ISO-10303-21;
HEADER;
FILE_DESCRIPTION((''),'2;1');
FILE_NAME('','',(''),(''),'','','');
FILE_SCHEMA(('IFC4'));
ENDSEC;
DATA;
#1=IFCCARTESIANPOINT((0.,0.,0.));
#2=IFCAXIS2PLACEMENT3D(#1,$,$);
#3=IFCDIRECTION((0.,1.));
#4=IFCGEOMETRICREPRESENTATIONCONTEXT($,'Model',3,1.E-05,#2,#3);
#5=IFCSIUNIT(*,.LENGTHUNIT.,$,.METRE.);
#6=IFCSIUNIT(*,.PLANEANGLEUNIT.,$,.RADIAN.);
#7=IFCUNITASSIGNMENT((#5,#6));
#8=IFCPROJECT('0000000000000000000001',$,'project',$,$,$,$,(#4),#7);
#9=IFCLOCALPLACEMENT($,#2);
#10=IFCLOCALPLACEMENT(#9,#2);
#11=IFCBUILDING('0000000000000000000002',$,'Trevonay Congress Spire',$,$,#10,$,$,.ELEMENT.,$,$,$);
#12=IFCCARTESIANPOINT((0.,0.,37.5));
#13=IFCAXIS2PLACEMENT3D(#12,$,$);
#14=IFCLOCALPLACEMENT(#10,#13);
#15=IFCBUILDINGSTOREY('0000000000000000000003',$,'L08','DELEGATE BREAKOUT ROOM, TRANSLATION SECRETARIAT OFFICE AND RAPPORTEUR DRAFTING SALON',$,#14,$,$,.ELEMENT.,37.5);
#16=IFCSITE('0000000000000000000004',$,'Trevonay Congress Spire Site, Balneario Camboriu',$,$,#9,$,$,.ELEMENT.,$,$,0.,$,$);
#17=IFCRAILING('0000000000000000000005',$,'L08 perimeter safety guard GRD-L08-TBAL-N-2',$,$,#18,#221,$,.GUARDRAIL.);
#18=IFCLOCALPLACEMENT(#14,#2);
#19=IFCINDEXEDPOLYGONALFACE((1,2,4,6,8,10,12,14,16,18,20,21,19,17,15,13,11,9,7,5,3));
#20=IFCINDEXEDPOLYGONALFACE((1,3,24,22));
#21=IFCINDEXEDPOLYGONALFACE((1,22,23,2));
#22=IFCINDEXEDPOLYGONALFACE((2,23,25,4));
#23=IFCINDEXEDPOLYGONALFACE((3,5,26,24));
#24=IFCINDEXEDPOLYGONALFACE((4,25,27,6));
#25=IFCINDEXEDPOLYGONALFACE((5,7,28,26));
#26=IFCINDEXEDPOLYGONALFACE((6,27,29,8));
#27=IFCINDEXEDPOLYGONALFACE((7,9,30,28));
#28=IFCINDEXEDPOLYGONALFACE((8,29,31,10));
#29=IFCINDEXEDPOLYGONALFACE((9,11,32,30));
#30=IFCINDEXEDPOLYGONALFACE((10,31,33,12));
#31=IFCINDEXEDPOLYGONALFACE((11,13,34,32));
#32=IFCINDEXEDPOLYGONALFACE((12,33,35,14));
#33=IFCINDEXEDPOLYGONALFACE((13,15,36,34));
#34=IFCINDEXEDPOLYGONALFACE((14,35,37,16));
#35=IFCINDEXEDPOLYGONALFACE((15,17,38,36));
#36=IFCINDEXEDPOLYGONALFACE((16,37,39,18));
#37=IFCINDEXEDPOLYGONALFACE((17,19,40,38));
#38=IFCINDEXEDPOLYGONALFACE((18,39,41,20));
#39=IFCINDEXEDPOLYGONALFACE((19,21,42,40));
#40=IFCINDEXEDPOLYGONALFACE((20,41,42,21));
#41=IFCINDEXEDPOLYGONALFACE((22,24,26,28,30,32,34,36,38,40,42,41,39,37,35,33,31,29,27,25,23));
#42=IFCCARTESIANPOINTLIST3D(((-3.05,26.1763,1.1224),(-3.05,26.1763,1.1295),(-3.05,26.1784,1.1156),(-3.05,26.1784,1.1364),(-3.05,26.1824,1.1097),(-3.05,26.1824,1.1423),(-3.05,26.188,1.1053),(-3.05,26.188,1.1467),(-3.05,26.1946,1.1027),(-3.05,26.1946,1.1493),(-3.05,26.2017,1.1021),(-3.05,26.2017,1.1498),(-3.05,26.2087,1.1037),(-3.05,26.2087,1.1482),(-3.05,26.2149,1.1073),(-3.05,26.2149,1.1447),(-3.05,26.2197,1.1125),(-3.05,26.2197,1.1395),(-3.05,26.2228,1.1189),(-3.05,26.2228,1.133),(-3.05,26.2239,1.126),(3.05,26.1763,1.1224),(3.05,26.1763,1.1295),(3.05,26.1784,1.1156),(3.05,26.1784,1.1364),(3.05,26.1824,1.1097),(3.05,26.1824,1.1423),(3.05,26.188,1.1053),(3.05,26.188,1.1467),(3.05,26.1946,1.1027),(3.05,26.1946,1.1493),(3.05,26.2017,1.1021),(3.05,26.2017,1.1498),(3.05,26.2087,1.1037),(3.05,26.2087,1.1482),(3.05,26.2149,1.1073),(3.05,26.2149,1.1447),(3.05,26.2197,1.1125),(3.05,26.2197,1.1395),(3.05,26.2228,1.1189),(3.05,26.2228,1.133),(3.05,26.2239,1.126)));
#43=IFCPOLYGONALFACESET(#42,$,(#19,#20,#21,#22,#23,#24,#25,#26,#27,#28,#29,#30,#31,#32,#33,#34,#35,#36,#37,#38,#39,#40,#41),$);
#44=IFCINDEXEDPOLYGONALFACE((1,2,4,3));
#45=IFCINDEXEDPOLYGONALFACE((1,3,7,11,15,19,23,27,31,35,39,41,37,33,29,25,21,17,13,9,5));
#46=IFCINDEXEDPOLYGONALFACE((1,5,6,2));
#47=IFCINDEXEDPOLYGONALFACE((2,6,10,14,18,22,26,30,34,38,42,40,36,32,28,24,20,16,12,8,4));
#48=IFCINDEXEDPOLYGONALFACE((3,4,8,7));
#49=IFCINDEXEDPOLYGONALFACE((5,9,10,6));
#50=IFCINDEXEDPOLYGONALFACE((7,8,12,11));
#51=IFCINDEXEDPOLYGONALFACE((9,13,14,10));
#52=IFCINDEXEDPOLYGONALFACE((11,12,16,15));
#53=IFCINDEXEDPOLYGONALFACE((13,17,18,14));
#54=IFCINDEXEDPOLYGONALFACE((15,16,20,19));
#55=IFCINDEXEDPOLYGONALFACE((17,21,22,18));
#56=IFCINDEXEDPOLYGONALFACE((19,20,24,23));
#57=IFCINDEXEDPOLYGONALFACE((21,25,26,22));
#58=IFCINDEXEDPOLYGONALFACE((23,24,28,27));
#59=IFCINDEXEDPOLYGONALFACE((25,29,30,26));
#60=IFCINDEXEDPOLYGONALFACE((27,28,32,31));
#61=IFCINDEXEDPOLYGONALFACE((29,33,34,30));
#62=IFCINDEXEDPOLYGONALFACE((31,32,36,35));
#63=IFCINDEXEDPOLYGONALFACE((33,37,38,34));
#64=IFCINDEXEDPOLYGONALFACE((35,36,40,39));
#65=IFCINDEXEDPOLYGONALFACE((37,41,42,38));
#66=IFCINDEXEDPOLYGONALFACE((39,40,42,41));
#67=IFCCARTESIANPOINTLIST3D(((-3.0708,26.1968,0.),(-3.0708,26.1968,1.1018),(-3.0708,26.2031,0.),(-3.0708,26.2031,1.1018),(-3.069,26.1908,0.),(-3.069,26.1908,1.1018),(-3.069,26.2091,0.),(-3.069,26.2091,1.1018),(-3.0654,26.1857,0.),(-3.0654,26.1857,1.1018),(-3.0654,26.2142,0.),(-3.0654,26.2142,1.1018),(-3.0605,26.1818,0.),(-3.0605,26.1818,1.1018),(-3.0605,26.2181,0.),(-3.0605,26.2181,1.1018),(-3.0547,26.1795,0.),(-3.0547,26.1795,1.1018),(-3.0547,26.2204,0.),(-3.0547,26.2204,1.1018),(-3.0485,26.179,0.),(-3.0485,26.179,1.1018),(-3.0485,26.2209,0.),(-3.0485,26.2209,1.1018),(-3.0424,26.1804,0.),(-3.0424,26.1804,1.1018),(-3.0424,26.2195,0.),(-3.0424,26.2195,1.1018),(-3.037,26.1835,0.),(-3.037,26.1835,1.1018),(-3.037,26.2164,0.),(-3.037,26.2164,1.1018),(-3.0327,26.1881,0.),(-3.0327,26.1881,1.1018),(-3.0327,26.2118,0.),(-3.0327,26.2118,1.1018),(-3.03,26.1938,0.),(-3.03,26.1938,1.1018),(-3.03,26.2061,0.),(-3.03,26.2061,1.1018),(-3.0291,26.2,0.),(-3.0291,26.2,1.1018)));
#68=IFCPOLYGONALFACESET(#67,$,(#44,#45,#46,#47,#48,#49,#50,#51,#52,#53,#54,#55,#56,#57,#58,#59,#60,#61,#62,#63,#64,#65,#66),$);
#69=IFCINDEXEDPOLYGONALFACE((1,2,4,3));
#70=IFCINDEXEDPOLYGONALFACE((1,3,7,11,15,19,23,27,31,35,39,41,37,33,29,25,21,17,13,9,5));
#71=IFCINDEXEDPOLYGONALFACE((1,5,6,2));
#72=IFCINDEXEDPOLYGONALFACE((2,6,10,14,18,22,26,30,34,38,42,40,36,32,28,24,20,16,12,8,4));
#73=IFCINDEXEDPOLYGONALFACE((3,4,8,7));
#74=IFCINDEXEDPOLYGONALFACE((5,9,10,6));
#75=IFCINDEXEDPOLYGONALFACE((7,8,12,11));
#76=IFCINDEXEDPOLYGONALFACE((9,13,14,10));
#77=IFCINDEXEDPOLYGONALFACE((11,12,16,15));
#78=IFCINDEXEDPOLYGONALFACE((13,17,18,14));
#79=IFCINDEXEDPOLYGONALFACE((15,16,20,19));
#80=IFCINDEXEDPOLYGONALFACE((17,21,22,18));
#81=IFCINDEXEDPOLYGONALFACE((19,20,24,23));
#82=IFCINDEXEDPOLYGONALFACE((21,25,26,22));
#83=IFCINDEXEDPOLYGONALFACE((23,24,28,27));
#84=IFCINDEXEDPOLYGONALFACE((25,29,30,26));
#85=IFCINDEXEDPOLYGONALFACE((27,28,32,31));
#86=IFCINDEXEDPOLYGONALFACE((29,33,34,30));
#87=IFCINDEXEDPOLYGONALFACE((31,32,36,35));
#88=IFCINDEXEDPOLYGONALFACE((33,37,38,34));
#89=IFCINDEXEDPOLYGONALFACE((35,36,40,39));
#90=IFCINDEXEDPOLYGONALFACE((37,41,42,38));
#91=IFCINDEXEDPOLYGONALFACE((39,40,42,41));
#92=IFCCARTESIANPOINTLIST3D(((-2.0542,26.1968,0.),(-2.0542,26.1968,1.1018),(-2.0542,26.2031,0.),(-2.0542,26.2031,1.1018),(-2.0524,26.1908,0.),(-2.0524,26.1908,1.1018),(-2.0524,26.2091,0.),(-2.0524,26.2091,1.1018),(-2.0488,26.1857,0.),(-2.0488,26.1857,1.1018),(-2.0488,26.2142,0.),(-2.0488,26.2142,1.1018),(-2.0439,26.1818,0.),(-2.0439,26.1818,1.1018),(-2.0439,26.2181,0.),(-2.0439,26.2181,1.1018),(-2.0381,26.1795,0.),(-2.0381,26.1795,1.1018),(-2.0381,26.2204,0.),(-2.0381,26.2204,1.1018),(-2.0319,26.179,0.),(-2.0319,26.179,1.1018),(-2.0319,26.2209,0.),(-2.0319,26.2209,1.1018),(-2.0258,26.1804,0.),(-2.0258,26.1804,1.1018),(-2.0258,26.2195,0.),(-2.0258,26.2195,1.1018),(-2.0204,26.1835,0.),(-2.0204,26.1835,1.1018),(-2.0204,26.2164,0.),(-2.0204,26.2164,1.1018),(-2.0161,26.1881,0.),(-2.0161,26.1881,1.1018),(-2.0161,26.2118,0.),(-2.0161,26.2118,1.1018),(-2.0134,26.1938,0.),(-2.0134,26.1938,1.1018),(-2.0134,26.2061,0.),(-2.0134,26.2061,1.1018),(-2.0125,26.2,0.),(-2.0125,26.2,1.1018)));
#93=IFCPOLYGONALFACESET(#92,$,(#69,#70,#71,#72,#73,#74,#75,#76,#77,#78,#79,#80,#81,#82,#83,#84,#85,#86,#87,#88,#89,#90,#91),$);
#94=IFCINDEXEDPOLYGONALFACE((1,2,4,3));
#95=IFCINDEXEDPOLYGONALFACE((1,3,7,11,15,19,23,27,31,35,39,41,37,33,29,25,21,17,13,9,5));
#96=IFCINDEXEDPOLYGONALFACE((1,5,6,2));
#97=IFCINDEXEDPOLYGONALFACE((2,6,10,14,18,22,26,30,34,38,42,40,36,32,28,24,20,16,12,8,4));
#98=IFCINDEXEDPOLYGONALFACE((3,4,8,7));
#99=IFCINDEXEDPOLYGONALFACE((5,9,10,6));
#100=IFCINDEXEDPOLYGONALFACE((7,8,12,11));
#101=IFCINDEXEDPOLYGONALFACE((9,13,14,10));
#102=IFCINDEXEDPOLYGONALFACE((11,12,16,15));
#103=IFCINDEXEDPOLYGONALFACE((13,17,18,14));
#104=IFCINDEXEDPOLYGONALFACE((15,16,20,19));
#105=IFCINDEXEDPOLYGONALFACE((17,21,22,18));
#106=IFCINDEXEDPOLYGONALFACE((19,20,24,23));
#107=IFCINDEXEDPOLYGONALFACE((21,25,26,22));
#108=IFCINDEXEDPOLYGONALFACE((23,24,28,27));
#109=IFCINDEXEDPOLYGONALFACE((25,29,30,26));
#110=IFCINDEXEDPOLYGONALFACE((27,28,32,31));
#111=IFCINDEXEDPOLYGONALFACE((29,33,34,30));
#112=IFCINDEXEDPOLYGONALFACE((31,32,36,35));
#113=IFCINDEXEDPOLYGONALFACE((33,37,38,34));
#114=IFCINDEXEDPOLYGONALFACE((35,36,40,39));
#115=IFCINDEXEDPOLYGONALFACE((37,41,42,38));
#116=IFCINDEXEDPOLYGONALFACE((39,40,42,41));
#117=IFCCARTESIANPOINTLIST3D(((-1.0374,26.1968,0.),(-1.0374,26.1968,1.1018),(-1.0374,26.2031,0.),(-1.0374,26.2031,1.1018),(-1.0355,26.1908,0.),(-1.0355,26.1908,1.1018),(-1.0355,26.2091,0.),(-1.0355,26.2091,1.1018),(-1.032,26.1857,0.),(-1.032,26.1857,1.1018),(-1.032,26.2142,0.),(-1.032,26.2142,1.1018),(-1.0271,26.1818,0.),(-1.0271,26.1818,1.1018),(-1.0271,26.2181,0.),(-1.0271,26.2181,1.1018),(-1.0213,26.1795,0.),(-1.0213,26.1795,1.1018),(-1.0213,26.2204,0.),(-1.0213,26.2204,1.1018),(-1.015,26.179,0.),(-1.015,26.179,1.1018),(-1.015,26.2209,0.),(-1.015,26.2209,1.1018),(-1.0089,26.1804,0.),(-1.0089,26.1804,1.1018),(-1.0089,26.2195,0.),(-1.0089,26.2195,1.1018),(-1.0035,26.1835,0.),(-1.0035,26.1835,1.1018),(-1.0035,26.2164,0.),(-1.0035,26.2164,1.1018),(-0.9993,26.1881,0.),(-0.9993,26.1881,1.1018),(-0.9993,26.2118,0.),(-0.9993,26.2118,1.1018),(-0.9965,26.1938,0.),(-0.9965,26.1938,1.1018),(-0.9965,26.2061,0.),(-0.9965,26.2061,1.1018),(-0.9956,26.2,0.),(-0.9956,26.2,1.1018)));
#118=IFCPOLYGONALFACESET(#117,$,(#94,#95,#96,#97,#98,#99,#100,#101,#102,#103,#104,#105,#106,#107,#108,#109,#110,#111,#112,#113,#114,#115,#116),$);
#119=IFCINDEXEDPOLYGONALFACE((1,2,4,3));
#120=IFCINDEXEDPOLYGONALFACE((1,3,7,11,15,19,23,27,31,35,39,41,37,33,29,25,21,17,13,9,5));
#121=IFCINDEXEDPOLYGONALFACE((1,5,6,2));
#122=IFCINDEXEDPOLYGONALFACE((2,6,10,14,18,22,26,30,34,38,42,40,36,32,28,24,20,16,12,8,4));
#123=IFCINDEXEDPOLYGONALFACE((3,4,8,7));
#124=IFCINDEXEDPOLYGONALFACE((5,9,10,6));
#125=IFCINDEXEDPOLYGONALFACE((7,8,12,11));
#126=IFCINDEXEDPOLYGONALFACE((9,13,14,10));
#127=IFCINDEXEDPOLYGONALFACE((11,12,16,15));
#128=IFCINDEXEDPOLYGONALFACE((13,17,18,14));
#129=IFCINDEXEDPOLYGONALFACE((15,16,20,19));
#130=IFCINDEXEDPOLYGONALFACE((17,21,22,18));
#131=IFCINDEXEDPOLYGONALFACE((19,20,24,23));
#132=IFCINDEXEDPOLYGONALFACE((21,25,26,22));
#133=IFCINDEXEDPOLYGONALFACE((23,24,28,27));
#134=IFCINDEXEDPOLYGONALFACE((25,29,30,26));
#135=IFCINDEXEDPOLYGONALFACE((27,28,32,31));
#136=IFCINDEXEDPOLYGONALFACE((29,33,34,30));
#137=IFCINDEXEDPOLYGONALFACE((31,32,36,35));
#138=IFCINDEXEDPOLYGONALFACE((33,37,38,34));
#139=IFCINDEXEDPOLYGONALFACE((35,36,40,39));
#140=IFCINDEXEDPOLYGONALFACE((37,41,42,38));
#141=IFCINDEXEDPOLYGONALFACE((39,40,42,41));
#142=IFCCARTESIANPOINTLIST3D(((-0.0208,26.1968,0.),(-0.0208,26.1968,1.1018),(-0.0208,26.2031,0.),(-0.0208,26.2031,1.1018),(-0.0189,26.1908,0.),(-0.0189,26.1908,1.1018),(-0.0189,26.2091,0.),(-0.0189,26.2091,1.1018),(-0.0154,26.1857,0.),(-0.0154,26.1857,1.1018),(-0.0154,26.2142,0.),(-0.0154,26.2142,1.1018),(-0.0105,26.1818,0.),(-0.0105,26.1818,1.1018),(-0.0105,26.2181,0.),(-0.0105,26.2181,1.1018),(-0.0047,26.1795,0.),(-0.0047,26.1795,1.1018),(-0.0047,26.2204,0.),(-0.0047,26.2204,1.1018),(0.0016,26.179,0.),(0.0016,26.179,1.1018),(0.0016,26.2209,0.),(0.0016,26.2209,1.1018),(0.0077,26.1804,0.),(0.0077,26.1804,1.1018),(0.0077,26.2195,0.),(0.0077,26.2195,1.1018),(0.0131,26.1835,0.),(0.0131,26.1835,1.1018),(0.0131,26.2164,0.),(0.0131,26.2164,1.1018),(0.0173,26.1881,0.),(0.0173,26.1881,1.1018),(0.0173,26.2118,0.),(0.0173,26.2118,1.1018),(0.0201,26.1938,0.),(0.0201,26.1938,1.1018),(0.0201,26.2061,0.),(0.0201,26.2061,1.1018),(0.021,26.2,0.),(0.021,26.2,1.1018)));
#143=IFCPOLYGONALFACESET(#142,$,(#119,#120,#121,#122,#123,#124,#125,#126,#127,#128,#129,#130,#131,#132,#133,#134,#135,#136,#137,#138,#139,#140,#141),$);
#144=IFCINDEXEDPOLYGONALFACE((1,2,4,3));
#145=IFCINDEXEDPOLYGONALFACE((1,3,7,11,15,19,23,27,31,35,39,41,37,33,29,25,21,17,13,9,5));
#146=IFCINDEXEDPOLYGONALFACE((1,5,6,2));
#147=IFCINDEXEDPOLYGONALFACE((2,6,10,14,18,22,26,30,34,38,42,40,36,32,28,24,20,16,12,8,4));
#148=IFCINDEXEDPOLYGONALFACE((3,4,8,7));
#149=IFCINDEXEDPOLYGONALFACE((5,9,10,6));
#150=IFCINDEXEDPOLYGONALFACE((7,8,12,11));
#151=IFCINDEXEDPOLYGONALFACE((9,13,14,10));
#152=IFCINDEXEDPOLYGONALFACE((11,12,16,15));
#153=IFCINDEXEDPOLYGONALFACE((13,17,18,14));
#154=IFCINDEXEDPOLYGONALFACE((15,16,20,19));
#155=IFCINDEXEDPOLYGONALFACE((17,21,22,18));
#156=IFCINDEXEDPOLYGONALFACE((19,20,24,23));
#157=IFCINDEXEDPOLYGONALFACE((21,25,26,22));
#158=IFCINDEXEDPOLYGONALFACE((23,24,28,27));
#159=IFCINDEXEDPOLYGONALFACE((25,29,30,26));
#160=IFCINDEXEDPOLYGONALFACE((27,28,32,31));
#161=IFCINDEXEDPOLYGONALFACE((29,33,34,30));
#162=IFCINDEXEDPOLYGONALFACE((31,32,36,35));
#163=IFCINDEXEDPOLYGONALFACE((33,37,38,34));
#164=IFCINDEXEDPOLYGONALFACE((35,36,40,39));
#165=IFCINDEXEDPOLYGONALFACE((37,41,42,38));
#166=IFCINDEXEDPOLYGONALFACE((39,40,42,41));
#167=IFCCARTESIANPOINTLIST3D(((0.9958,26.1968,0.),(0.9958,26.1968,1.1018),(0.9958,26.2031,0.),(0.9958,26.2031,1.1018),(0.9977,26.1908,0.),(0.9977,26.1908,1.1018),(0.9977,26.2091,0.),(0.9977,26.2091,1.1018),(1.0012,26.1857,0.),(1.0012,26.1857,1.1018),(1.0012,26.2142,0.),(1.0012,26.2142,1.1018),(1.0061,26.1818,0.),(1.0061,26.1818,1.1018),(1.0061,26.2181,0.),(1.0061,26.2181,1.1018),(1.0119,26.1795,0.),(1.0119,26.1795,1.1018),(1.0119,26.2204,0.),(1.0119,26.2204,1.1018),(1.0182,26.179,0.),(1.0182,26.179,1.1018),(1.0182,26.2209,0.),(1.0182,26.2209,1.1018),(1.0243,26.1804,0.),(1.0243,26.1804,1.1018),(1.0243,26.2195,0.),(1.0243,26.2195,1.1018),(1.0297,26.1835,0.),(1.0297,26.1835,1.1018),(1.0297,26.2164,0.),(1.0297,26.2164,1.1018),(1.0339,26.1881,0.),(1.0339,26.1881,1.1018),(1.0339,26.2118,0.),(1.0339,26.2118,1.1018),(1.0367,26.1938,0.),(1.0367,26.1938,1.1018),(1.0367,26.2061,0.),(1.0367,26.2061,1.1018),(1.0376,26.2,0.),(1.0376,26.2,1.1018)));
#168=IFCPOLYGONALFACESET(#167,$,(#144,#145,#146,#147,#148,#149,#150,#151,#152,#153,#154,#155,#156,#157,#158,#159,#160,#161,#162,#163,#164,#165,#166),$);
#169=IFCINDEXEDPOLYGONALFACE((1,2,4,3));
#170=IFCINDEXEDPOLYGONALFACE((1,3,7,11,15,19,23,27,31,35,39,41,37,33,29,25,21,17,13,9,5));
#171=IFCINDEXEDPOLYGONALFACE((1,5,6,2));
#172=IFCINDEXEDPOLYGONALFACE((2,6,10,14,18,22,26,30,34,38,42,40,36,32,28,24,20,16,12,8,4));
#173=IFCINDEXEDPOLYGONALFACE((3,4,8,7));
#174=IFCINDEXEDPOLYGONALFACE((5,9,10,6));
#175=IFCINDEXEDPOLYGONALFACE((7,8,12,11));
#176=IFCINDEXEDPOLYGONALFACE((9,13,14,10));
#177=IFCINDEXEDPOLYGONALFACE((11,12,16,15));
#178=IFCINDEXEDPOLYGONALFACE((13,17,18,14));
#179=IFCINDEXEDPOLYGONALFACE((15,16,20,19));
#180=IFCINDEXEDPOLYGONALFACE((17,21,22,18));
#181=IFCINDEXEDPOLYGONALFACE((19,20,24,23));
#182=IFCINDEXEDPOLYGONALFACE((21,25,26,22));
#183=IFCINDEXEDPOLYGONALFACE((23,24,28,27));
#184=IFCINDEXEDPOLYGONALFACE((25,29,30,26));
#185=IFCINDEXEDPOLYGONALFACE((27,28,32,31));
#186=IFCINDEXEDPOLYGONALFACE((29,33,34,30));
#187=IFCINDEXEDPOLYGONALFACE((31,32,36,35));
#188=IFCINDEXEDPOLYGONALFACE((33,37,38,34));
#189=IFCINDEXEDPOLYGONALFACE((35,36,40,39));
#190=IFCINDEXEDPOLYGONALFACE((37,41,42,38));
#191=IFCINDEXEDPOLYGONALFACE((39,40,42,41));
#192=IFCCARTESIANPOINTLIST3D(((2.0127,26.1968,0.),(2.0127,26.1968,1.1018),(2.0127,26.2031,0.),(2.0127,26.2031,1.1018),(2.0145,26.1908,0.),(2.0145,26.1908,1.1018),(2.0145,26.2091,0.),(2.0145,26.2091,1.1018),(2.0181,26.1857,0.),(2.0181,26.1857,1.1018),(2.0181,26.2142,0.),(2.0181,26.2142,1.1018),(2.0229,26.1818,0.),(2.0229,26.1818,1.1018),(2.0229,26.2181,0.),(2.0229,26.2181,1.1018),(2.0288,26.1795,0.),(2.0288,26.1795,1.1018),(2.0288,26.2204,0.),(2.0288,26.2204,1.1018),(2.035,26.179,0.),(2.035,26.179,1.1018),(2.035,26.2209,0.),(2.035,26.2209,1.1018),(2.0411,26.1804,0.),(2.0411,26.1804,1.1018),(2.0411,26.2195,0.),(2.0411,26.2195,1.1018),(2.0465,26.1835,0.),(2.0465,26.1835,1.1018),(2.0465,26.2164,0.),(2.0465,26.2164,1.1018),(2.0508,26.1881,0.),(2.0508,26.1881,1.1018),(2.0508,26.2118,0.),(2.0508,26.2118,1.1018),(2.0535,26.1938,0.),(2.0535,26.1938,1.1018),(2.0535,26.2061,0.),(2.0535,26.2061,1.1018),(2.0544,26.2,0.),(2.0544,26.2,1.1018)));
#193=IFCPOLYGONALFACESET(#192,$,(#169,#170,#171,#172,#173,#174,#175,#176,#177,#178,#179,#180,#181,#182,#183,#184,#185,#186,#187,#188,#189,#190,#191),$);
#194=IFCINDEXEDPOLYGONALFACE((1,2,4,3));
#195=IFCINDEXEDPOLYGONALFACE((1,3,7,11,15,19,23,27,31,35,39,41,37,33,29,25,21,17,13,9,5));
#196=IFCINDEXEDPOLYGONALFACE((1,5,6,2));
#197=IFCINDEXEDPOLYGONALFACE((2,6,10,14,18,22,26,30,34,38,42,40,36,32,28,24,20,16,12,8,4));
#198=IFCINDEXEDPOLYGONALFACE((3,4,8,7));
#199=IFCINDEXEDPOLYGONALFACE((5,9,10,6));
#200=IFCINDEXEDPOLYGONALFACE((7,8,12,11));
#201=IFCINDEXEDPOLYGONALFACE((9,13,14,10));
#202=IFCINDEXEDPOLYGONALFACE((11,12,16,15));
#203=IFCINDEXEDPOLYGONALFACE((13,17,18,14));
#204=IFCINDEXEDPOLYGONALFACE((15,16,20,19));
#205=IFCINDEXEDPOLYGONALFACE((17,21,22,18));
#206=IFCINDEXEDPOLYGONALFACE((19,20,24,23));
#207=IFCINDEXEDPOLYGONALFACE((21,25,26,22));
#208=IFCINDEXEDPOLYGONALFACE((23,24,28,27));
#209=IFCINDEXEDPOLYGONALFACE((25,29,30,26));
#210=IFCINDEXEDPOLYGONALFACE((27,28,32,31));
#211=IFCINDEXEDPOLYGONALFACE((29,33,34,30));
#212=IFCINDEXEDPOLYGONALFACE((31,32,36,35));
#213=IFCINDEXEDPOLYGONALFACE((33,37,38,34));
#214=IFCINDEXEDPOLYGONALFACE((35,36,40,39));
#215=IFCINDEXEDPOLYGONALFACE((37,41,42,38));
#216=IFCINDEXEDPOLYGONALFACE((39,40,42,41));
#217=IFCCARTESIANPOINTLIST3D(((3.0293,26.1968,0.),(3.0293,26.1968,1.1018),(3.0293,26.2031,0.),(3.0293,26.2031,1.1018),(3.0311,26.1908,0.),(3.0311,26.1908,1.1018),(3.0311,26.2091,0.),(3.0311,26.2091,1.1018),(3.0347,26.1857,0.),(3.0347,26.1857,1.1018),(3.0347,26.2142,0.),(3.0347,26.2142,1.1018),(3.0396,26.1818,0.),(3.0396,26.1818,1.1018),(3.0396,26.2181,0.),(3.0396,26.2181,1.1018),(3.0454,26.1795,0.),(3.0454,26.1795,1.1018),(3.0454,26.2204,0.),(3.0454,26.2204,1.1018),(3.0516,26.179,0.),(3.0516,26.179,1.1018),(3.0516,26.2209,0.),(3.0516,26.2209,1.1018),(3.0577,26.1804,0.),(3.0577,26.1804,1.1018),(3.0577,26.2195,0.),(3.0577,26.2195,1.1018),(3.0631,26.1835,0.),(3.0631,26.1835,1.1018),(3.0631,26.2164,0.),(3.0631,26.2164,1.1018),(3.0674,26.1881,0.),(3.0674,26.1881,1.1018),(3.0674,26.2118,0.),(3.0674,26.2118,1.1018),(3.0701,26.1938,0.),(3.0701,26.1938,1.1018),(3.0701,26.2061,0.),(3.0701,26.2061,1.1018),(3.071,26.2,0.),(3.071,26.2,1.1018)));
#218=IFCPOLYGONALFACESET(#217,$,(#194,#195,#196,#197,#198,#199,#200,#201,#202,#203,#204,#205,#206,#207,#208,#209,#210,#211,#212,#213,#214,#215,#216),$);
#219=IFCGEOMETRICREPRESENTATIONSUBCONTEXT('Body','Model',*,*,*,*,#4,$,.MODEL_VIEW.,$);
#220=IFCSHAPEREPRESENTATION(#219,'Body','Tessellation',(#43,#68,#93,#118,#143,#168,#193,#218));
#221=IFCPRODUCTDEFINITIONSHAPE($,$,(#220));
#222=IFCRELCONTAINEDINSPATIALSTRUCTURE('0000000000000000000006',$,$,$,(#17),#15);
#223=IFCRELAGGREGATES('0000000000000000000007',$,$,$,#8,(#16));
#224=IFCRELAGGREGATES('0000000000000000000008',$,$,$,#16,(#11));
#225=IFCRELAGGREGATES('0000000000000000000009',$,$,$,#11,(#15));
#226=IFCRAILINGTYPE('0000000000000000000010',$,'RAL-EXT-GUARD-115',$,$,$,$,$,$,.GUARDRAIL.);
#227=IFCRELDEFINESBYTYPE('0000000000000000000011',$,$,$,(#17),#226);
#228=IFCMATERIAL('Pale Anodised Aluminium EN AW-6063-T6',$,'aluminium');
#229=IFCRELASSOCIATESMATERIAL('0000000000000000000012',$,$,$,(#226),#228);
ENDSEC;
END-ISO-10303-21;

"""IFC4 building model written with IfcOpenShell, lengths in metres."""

from ifc_helpers import new_model, si_unit, direction, frame, origin, origin_2d, place, context, subcontext, project, spatial, circle, extrude, material, type_object, element, save


model = new_model("IFC4")

# Units and contexts
model_context = context("Model", 3, precision=1e-05, world=origin(), true_north=direction((0.0, 1.0)))
body_context = subcontext(model_context, "Body", "Model", "MODEL_VIEW")
ifc_project = project(units=[si_unit("LENGTHUNIT", "METRE"), si_unit("PLANEANGLEUNIT", "RADIAN")], contexts=[model_context])

# Site, building, storey
site_placement = place(None, origin())
site = spatial("IfcSite", under=ifc_project, at=site_placement, Name="Trevonay Congress Spire Site, Balneario Camboriu", CompositionType="ELEMENT", RefElevation=0.0)
building_placement = place(site_placement, origin())
building = spatial("IfcBuilding", under=site, at=building_placement, Name="Trevonay Congress Spire", CompositionType="ELEMENT")
storey_placement = place(building_placement, frame((0.0, 0.0, 37.5)))
storey = spatial("IfcBuildingStorey", under=building, at=storey_placement, Name="L08", Description="DELEGATE BREAKOUT ROOM, TRANSLATION SECRETARIAT OFFICE AND RAPPORTEUR DRAFTING SALON", CompositionType="ELEMENT", Elevation=37.5)

# Shared definitions
ifc_material_1 = material(Name="Pale Anodised Aluminium EN AW-6063-T6", Category="aluminium")

# Railing
railing_type = type_object("IfcRailingType", Name="RAL-EXT-GUARD-115", PredefinedType="GUARDRAIL", material=ifc_material_1)
railing_1_placement = place(storey_placement, frame((-3.05, 26.2, 0.0)))
element("IfcRailing", 1, at=railing_1_placement, inside=storey, type_object=railing_type, Name="L08 perimeter safety guard GRD-L08-TBAL-N-2", PredefinedType="GUARDRAIL", context=body_context, shape_type="SweptSolid", body=[
    extrude(circle(Radius=0.0239, at=origin_2d()), frame((0.0, 0.0, 1.126), z_axis=(1.0, 0.0, 0.0), x_axis=(0.0, 1.0, 0.0)), (0.0, 0.0, 1.0), 6.1001),
    extrude(circle(Radius=0.021, at=origin_2d()), origin(), (0.0, 0.0, 1.0), 1.1018),
    extrude(circle(Radius=0.021, at=origin_2d()), frame((1.0166, 0.0, 0.0)), (0.0, 0.0, 1.0), 1.1018),
    extrude(circle(Radius=0.021, at=origin_2d()), frame((2.0334, 0.0, 0.0)), (0.0, 0.0, 1.0), 1.1018),
    extrude(circle(Radius=0.021, at=origin_2d()), frame((3.05, 0.0, 0.0)), (0.0, 0.0, 1.0), 1.1018),
    extrude(circle(Radius=0.021, at=origin_2d()), frame((4.0667, 0.0, 0.0)), (0.0, 0.0, 1.0), 1.1018),
    extrude(circle(Radius=0.021, at=origin_2d()), frame((5.0835, 0.0, 0.0)), (0.0, 0.0, 1.0), 1.1018),
    extrude(circle(Radius=0.021, at=origin_2d()), frame((6.1001, 0.0, 0.0)), (0.0, 0.0, 1.0), 1.1018),
])

save(model, "model.ifc")
